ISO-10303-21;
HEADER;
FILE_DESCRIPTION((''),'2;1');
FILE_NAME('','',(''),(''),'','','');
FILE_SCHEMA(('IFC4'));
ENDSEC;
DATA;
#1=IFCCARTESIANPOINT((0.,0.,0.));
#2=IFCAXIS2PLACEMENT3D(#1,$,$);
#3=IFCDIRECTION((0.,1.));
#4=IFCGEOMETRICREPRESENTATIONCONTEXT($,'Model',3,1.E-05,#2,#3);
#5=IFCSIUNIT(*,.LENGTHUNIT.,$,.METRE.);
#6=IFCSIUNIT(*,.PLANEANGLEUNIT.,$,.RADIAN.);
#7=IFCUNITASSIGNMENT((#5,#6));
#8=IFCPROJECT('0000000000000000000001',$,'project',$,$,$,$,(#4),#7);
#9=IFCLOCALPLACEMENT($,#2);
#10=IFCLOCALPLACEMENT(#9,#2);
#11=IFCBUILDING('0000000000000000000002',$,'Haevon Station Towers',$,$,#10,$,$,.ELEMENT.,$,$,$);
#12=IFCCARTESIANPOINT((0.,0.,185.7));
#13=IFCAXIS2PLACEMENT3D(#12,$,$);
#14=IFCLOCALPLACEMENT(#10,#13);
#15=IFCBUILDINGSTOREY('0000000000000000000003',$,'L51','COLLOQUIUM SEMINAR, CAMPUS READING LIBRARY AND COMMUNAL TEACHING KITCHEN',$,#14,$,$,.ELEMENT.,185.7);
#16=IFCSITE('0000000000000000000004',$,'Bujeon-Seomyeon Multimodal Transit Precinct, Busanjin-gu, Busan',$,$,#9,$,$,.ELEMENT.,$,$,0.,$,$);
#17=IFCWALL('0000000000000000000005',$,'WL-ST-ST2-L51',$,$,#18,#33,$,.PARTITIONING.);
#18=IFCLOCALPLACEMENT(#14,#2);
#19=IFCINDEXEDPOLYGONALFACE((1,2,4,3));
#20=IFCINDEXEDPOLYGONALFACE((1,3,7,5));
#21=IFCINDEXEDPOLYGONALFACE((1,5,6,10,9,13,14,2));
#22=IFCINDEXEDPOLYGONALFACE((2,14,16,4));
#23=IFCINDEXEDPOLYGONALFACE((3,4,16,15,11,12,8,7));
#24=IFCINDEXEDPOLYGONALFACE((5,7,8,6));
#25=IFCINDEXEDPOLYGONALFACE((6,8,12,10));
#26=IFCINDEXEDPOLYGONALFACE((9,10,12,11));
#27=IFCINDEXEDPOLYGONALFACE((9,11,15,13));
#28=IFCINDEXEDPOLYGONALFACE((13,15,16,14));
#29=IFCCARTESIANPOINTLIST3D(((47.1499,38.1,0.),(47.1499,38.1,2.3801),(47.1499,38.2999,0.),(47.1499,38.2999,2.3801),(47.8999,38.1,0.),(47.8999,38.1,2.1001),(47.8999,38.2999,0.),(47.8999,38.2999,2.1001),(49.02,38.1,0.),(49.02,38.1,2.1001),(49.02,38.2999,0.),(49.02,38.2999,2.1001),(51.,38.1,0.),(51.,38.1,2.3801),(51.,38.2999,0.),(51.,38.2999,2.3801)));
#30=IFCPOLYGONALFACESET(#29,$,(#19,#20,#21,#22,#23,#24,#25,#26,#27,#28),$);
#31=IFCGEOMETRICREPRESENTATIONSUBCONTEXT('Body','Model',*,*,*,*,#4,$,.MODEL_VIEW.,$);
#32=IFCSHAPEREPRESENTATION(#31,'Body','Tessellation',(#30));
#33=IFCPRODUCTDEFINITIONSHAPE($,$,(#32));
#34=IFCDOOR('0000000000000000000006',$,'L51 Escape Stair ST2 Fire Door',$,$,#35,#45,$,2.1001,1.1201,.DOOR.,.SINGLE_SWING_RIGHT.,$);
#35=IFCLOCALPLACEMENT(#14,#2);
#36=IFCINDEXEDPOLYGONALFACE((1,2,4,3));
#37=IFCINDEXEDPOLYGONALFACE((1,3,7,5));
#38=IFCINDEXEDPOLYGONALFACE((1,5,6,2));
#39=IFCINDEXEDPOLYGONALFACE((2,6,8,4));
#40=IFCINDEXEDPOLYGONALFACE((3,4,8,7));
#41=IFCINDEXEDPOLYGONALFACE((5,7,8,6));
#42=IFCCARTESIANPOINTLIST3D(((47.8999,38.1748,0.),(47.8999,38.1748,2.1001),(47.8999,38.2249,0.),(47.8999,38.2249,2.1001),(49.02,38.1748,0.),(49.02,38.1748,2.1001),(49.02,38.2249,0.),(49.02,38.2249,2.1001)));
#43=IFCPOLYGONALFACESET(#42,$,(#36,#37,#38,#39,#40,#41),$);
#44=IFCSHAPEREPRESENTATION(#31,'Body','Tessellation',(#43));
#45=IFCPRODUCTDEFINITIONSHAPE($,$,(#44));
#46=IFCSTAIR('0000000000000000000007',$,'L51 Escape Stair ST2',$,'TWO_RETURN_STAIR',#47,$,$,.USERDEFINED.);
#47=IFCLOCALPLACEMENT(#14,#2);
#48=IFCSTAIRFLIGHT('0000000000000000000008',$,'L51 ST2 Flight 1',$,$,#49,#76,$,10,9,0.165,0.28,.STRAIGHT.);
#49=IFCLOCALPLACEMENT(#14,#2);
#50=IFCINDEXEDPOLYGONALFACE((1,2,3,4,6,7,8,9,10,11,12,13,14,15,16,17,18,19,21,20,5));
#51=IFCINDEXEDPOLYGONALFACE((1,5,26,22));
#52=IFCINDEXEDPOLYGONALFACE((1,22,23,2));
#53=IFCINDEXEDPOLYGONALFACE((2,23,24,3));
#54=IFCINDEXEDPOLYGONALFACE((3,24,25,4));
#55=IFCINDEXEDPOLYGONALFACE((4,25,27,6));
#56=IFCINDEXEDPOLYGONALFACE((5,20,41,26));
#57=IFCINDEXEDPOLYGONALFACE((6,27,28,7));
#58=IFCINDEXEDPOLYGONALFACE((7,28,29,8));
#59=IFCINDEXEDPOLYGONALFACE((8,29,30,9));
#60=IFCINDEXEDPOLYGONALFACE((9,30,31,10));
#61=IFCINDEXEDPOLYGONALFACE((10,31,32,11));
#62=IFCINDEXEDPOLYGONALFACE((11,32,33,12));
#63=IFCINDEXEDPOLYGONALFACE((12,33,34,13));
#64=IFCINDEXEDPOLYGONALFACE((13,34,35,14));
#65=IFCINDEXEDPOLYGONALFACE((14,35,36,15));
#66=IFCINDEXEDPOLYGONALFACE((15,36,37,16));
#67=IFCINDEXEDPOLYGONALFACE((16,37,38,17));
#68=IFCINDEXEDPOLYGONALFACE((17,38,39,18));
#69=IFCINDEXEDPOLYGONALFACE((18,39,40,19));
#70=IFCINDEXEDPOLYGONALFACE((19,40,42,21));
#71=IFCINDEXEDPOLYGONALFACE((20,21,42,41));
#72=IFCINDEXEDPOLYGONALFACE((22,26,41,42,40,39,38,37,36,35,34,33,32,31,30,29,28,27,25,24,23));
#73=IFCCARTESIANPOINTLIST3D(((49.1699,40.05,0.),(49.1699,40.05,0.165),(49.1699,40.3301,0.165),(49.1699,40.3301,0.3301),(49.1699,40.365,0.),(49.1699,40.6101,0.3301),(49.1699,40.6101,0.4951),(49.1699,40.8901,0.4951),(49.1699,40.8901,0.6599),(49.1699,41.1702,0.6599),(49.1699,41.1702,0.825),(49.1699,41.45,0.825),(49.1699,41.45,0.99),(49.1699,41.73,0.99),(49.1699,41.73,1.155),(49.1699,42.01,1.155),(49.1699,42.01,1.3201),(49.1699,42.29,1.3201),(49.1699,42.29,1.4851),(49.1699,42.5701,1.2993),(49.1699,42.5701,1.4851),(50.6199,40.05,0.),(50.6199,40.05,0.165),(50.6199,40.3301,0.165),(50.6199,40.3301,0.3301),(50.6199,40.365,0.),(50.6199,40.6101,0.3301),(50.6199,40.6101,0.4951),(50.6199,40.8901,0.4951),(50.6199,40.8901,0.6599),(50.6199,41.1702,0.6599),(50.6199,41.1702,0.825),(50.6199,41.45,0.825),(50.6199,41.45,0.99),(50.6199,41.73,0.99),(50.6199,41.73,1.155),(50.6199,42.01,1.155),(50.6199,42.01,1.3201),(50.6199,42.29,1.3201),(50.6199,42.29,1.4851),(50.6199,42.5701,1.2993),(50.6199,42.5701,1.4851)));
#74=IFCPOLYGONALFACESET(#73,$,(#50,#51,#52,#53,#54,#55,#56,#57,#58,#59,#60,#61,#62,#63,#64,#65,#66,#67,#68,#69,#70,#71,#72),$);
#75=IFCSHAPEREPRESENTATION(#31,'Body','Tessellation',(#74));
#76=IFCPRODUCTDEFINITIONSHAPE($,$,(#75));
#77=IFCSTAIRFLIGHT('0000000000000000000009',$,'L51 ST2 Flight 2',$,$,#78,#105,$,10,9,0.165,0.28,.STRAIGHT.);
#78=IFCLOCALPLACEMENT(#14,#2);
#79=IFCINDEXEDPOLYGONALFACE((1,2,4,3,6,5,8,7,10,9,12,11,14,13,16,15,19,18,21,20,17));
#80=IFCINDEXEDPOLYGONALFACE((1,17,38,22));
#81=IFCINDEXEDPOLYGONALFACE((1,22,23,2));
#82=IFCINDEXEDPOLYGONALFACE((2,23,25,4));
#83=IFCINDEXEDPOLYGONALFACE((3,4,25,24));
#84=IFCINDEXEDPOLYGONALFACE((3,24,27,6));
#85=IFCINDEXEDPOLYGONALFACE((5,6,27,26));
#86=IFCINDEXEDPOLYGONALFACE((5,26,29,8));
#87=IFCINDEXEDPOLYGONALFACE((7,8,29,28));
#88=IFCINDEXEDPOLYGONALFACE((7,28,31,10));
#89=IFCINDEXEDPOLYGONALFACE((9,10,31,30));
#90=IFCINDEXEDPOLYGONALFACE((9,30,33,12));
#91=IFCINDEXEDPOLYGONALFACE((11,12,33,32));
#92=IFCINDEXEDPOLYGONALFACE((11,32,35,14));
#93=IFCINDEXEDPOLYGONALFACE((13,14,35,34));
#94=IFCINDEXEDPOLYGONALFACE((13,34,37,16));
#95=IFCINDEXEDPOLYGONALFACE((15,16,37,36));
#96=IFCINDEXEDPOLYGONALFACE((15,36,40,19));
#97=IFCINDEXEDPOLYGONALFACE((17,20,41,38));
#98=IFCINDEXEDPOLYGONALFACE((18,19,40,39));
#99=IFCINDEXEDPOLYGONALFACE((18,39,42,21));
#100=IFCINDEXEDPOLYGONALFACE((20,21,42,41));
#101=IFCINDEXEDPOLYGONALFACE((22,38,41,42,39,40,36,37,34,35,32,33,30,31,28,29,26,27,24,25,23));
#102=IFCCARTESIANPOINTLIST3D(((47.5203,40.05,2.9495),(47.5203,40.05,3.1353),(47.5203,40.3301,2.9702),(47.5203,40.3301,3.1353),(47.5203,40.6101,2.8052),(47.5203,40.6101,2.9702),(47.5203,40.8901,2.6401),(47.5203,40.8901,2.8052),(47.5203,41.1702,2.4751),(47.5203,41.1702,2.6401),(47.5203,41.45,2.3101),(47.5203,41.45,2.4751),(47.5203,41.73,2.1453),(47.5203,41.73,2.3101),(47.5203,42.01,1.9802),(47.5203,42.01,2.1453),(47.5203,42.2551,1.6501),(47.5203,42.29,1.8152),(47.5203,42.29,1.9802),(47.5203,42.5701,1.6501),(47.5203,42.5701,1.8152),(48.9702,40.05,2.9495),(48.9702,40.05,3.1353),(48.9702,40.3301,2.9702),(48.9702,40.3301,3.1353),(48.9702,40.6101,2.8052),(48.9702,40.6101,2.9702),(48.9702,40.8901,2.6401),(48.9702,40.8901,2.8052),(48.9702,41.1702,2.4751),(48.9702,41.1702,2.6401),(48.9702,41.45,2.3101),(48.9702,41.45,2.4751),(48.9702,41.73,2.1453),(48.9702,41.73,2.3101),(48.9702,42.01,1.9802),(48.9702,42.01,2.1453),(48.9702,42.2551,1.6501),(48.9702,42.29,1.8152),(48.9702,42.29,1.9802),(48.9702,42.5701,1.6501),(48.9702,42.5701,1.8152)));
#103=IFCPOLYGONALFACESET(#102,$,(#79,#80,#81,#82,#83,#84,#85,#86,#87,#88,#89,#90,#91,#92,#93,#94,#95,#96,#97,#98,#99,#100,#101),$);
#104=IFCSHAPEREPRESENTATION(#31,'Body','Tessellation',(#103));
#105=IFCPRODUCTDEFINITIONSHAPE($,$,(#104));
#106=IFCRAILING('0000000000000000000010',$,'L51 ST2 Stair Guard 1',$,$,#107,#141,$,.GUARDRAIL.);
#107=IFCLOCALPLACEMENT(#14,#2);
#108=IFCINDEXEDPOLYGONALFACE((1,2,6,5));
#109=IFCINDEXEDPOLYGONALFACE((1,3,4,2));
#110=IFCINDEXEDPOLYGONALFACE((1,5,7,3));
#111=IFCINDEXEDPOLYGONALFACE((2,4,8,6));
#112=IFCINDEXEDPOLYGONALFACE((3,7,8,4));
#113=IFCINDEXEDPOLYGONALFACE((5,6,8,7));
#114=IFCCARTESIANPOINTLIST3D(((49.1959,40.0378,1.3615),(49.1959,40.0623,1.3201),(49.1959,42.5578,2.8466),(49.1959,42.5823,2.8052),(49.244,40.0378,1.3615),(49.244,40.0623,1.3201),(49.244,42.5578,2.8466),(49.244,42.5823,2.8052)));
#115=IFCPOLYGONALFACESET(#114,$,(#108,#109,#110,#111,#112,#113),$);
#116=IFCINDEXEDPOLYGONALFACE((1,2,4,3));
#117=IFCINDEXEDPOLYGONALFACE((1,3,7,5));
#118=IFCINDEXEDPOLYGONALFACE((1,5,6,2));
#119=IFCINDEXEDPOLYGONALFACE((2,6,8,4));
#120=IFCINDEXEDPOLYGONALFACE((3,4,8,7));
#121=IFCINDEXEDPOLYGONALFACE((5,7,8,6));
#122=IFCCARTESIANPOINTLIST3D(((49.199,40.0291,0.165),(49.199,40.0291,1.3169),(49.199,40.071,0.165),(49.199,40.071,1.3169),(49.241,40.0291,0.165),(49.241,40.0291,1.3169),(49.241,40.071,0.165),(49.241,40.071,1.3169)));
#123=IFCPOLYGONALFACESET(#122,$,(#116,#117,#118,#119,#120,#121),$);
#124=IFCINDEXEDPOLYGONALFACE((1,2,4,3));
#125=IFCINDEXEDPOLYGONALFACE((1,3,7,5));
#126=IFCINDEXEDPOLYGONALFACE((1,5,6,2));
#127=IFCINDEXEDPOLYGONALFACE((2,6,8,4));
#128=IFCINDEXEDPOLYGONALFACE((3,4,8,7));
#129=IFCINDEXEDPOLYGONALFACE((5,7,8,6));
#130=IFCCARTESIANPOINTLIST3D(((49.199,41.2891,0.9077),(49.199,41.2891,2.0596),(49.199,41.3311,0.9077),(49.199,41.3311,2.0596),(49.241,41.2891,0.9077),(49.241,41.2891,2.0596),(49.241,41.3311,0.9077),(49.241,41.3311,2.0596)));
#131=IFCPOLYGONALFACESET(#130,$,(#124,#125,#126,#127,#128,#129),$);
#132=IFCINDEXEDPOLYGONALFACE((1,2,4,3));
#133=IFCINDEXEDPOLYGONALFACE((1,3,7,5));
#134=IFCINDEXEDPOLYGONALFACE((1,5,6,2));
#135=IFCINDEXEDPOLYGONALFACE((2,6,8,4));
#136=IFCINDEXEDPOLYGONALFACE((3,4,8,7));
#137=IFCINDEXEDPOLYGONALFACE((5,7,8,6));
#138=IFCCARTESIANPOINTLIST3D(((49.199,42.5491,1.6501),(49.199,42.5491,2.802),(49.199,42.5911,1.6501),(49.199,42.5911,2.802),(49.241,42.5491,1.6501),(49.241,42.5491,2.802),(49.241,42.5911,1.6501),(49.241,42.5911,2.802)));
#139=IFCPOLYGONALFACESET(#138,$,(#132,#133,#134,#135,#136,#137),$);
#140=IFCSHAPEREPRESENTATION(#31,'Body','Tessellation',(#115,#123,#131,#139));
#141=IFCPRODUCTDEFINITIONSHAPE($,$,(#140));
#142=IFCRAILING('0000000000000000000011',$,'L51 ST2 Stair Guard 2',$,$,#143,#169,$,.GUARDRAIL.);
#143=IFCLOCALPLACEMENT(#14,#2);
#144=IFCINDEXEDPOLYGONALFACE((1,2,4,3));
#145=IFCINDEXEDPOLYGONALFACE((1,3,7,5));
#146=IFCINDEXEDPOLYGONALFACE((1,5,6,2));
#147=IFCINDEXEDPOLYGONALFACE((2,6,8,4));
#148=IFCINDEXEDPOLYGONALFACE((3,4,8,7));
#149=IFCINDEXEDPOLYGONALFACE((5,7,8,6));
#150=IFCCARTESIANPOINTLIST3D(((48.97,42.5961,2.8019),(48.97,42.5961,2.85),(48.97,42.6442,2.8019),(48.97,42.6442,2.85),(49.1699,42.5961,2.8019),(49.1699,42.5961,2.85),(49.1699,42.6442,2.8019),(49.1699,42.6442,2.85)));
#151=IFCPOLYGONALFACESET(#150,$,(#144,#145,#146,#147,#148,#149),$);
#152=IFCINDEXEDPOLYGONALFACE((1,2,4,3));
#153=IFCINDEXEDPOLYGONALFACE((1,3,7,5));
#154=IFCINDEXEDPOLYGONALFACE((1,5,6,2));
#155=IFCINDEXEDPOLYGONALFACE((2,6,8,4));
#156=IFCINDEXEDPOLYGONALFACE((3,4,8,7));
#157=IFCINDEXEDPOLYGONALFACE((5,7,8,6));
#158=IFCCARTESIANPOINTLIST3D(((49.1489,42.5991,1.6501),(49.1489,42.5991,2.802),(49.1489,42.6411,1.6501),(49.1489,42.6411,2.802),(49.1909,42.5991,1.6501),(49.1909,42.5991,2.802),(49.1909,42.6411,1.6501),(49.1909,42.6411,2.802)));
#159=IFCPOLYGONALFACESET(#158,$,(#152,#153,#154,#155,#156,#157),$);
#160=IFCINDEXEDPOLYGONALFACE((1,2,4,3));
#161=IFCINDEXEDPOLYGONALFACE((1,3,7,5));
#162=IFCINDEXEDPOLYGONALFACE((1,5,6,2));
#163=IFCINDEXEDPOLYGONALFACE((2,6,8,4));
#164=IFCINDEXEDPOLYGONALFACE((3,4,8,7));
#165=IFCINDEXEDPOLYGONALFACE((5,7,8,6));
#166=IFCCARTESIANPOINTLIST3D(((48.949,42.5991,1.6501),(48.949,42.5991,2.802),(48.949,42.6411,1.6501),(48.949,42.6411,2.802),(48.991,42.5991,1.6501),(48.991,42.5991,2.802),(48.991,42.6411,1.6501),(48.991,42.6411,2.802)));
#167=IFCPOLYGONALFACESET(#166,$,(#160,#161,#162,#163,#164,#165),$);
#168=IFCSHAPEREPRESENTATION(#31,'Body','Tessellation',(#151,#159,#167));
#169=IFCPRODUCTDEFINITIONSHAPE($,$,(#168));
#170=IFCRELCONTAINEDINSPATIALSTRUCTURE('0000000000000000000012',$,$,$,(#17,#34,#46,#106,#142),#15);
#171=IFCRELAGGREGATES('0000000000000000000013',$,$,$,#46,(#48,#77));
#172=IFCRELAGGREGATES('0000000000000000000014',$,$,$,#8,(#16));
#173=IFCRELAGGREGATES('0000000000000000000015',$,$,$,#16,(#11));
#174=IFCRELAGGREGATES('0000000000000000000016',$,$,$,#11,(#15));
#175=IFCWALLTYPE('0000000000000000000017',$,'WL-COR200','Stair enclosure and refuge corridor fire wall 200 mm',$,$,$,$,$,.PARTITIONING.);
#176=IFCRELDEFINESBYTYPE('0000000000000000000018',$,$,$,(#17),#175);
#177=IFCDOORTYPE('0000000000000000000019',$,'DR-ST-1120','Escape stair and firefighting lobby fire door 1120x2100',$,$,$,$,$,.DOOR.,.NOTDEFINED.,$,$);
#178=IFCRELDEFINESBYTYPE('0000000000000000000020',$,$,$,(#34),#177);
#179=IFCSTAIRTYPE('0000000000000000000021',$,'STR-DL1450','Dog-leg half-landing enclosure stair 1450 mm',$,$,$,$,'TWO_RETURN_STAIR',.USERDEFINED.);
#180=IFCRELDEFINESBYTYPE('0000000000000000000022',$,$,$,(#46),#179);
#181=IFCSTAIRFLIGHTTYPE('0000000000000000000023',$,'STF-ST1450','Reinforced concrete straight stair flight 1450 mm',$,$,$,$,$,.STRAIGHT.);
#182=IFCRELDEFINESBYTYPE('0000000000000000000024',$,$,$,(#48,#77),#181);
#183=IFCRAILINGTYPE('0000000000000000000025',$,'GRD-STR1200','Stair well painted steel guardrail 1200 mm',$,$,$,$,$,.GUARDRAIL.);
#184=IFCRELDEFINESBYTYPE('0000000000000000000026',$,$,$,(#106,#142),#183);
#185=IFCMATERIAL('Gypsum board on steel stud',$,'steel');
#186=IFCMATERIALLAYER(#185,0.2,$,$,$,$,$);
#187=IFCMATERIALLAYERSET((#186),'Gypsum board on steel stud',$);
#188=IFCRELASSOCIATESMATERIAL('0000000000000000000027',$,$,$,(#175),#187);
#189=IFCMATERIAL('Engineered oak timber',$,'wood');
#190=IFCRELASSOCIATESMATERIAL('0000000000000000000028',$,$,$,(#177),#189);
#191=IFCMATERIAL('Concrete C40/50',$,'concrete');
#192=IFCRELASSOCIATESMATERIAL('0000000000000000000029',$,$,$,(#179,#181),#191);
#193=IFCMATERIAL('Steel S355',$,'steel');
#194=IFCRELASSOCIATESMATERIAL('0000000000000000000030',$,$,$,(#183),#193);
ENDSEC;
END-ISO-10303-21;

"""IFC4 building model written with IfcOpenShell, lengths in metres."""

from ifc_helpers import new_model, si_unit, direction, frame, frame_2d, origin, origin_2d, place, context, subcontext, project, spatial, polyline, rectangle, outline, extrude, material, layer, layer_set, type_object, element, fill, aggregate, save


model = new_model("IFC4")

# Units and contexts
model_context = context("Model", 3, precision=1e-05, world=origin(), true_north=direction((0.0, 1.0)))
body_context = subcontext(model_context, "Body", "Model", "MODEL_VIEW")
ifc_project = project(units=[si_unit("LENGTHUNIT", "METRE"), si_unit("PLANEANGLEUNIT", "RADIAN")], contexts=[model_context])

# Site, building, storey
site_placement = place(None, origin())
site = spatial("IfcSite", under=ifc_project, at=site_placement, Name="Bujeon-Seomyeon Multimodal Transit Precinct, Busanjin-gu, Busan", CompositionType="ELEMENT", RefElevation=0.0)
building_placement = place(site_placement, origin())
building = spatial("IfcBuilding", under=site, at=building_placement, Name="Haevon Station Towers", CompositionType="ELEMENT")
storey_placement = place(building_placement, frame((0.0, 0.0, 185.7)))
storey = spatial("IfcBuildingStorey", under=building, at=storey_placement, Name="L51", Description="COLLOQUIUM SEMINAR, CAMPUS READING LIBRARY AND COMMUNAL TEACHING KITCHEN", CompositionType="ELEMENT", Elevation=185.7)

# Shared definitions
ifc_material_1 = material(Name="Steel S355", Category="steel")

# Wall, opening, door
ifc_material_2 = material(Name="Gypsum board on steel stud", Category="steel")
ifc_layer = layer(ifc_material_2, 0.2)
ifc_layer_set = layer_set([ifc_layer], Name="Gypsum board on steel stud")
wall_type = type_object("IfcWallType", Name="WL-COR200", Description="Stair enclosure and refuge corridor fire wall 200 mm", PredefinedType="PARTITIONING", material=ifc_layer_set)
wall_placement = place(storey_placement, frame((47.1499, 38.2, 0.0), z_axis=(0.0, 0.0, 1.0), x_axis=(1.0, 0.0, 0.0)))
wall = element("IfcWall", 1, at=wall_placement, inside=storey, type_object=wall_type, Name="WL-ST-ST2-L51", PredefinedType="PARTITIONING", context=body_context, shape_type="SweptSolid", body=[
    extrude(rectangle(XDim=3.8501, YDim=0.2, at=frame_2d((1.925, 0.0))), origin(), (0.0, 0.0, 1.0), 2.3801),
])
opening_placement = place(wall_placement, frame((0.75, 0.0, 0.0)))
opening = element("IfcOpeningElement", 2, at=opening_placement, cuts=wall, PredefinedType="OPENING", context=body_context, shape_type="SweptSolid", body=[
    extrude(rectangle(XDim=1.1201, YDim=2.1001, at=frame_2d((0.5601, 1.05))), frame((0.0, 0.1099, 0.0), z_axis=(0.0, -1.0, 0.0), x_axis=(1.0, 0.0, 0.0)), (0.0, 0.0, 1.0), 0.22),
])
ifc_material_3 = material(Name="Engineered oak timber", Category="wood")
door_type = type_object("IfcDoorType", Name="DR-ST-1120", Description="Escape stair and firefighting lobby fire door 1120x2100", OperationType="NOTDEFINED", PredefinedType="DOOR", material=ifc_material_3)
door_placement = place(opening_placement, origin())
door = element("IfcDoor", 3, at=door_placement, inside=storey, type_object=door_type, Name="L51 Escape Stair ST2 Fire Door", OperationType="SINGLE_SWING_RIGHT", OverallHeight=2.1001, OverallWidth=1.1201, PredefinedType="DOOR", context=body_context, shape_type="SweptSolid", body=[
    extrude(rectangle(XDim=1.1201, YDim=2.1001, at=frame_2d((0.5601, 1.05))), frame((0.0, 0.0249, 0.0), z_axis=(0.0, -1.0, 0.0), x_axis=(1.0, 0.0, 0.0)), (0.0, 0.0, 1.0), 0.05),
])
fill(opening, door)

# Stair, stair flights
ifc_material_4 = material(Name="Concrete C40/50", Category="concrete")
stair_type = type_object("IfcStairType", Name="STR-DL1450", Description="Dog-leg half-landing enclosure stair 1450 mm", ElementType="TWO_RETURN_STAIR", PredefinedType="USERDEFINED", material=ifc_material_4)
stair_placement = place(storey_placement, origin())
stair = element("IfcStair", 4, at=stair_placement, inside=storey, type_object=stair_type, Name="L51 Escape Stair ST2", ObjectType="TWO_RETURN_STAIR", PredefinedType="USERDEFINED")
stair_flight_type = type_object("IfcStairFlightType", Name="STF-ST1450", Description="Reinforced concrete straight stair flight 1450 mm", PredefinedType="STRAIGHT", material=ifc_material_4)
stair_flight_1_placement = place(storey_placement, frame((49.895, 40.05, 0.0), z_axis=(0.0, 0.0, 1.0), x_axis=(0.0, 1.0, 0.0)))
stair_flight_1 = element("IfcStairFlight", 5, at=stair_flight_1_placement, type_object=stair_flight_type, Name="L51 ST2 Flight 1", NumberOfRisers=10, NumberOfTreads=9, PredefinedType="STRAIGHT", RiserHeight=0.165, TreadLength=0.28, context=body_context, shape_type="SweptSolid", body=[
    extrude(outline(polyline([(0.0, 0.0), (0.0, 0.165), (0.28, 0.165), (0.28, 0.3301), (0.5601, 0.3301), (0.5601, 0.4951), (0.8401, 0.4951), (0.8401, 0.6599), (1.1201, 0.6599), (1.1201, 0.825), (1.3999, 0.825), (1.3999, 0.99), (1.6799, 0.99), (1.6799, 1.155), (1.96, 1.155), (1.96, 1.3201), (2.24, 1.3201), (2.24, 1.4851), (2.52, 1.4851), (2.52, 1.6499), (2.52, 1.2993), (0.3149, 0.0), (0.0, 0.0)])), frame((0.0, 0.7251, 0.0), z_axis=(0.0, -1.0, 0.0), x_axis=(1.0, 0.0, 0.0)), (0.0, 0.0, 1.0), 1.45),
])
stair_flight_2_placement = place(storey_placement, frame((48.2451, 42.5701, 1.6501), z_axis=(0.0, 0.0, 1.0), x_axis=(0.0, -1.0, 0.0)))
stair_flight_2 = element("IfcStairFlight", 6, at=stair_flight_2_placement, type_object=stair_flight_type, Name="L51 ST2 Flight 2", NumberOfRisers=10, NumberOfTreads=9, PredefinedType="STRAIGHT", RiserHeight=0.165, TreadLength=0.28, context=body_context, shape_type="SweptSolid", body=[
    extrude(outline(polyline([(0.0, 0.0), (0.0, 0.165), (0.28, 0.165), (0.28, 0.3301), (0.5601, 0.3301), (0.5601, 0.4951), (0.8401, 0.4951), (0.8401, 0.6599), (1.1201, 0.6599), (1.1201, 0.825), (1.3999, 0.825), (1.3999, 0.99), (1.6799, 0.99), (1.6799, 1.155), (1.96, 1.155), (1.96, 1.3201), (2.24, 1.3201), (2.24, 1.4851), (2.52, 1.4851), (2.52, 1.6499), (2.52, 1.2993), (0.3149, 0.0), (0.0, 0.0)])), frame((0.0, 0.7251, 0.0), z_axis=(0.0, -1.0, 0.0), x_axis=(1.0, 0.0, 0.0)), (0.0, 0.0, 1.0), 1.45),
])
aggregate(stair, [stair_flight_1, stair_flight_2])

# Railings
railing_type_1 = type_object("IfcRailingType", Name="GRD-STR1200", Description="Stair well painted steel guardrail 1200 mm", PredefinedType="GUARDRAIL", material=ifc_material_1)
railing_1_placement = place(storey_placement, frame((49.22, 40.05, 0.165)))
element("IfcRailing", 7, at=railing_1_placement, inside=storey, type_object=railing_type_1, Name="L51 ST2 Stair Guard 1", PredefinedType="GUARDRAIL", context=body_context, shape_type="SweptSolid", body=[
    extrude(rectangle(XDim=0.0481, YDim=0.0481, at=origin_2d()), frame((0.0, 0.0, 1.1758), z_axis=(0.0, 0.861524, 0.507717), x_axis=(-1.0, 0.0, 0.0)), (0.0, 0.0, 1.0), 2.925),
    extrude(rectangle(XDim=0.042, YDim=0.042, at=origin_2d()), origin(), (0.0, 0.0, 1.0), 1.1519),
    extrude(rectangle(XDim=0.042, YDim=0.042, at=origin_2d()), frame((0.0, 1.26, 0.7427)), (0.0, 0.0, 1.0), 1.1519),
    extrude(rectangle(XDim=0.042, YDim=0.042, at=origin_2d()), frame((0.0, 2.52, 1.4851)), (0.0, 0.0, 1.0), 1.1519),
])
railing_2_placement = place(storey_placement, frame((49.1699, 42.6201, 1.6501)))
element("IfcRailing", 8, at=railing_2_placement, inside=storey, type_object=railing_type_1, Name="L51 ST2 Stair Guard 2", PredefinedType="GUARDRAIL", context=body_context, shape_type="SweptSolid", body=[
    extrude(rectangle(XDim=0.0481, YDim=0.0481, at=origin_2d()), frame((0.0, 0.0, 1.1758), z_axis=(-1.0, 0.0, 0.0), x_axis=(0.0, -1.0, 0.0)), (0.0, 0.0, 1.0), 0.2),
    extrude(rectangle(XDim=0.042, YDim=0.042, at=origin_2d()), origin(), (0.0, 0.0, 1.0), 1.1519),
    extrude(rectangle(XDim=0.042, YDim=0.042, at=origin_2d()), frame((-0.2, 0.0, 0.0)), (0.0, 0.0, 1.0), 1.1519),
])

save(model, "model.ifc")
